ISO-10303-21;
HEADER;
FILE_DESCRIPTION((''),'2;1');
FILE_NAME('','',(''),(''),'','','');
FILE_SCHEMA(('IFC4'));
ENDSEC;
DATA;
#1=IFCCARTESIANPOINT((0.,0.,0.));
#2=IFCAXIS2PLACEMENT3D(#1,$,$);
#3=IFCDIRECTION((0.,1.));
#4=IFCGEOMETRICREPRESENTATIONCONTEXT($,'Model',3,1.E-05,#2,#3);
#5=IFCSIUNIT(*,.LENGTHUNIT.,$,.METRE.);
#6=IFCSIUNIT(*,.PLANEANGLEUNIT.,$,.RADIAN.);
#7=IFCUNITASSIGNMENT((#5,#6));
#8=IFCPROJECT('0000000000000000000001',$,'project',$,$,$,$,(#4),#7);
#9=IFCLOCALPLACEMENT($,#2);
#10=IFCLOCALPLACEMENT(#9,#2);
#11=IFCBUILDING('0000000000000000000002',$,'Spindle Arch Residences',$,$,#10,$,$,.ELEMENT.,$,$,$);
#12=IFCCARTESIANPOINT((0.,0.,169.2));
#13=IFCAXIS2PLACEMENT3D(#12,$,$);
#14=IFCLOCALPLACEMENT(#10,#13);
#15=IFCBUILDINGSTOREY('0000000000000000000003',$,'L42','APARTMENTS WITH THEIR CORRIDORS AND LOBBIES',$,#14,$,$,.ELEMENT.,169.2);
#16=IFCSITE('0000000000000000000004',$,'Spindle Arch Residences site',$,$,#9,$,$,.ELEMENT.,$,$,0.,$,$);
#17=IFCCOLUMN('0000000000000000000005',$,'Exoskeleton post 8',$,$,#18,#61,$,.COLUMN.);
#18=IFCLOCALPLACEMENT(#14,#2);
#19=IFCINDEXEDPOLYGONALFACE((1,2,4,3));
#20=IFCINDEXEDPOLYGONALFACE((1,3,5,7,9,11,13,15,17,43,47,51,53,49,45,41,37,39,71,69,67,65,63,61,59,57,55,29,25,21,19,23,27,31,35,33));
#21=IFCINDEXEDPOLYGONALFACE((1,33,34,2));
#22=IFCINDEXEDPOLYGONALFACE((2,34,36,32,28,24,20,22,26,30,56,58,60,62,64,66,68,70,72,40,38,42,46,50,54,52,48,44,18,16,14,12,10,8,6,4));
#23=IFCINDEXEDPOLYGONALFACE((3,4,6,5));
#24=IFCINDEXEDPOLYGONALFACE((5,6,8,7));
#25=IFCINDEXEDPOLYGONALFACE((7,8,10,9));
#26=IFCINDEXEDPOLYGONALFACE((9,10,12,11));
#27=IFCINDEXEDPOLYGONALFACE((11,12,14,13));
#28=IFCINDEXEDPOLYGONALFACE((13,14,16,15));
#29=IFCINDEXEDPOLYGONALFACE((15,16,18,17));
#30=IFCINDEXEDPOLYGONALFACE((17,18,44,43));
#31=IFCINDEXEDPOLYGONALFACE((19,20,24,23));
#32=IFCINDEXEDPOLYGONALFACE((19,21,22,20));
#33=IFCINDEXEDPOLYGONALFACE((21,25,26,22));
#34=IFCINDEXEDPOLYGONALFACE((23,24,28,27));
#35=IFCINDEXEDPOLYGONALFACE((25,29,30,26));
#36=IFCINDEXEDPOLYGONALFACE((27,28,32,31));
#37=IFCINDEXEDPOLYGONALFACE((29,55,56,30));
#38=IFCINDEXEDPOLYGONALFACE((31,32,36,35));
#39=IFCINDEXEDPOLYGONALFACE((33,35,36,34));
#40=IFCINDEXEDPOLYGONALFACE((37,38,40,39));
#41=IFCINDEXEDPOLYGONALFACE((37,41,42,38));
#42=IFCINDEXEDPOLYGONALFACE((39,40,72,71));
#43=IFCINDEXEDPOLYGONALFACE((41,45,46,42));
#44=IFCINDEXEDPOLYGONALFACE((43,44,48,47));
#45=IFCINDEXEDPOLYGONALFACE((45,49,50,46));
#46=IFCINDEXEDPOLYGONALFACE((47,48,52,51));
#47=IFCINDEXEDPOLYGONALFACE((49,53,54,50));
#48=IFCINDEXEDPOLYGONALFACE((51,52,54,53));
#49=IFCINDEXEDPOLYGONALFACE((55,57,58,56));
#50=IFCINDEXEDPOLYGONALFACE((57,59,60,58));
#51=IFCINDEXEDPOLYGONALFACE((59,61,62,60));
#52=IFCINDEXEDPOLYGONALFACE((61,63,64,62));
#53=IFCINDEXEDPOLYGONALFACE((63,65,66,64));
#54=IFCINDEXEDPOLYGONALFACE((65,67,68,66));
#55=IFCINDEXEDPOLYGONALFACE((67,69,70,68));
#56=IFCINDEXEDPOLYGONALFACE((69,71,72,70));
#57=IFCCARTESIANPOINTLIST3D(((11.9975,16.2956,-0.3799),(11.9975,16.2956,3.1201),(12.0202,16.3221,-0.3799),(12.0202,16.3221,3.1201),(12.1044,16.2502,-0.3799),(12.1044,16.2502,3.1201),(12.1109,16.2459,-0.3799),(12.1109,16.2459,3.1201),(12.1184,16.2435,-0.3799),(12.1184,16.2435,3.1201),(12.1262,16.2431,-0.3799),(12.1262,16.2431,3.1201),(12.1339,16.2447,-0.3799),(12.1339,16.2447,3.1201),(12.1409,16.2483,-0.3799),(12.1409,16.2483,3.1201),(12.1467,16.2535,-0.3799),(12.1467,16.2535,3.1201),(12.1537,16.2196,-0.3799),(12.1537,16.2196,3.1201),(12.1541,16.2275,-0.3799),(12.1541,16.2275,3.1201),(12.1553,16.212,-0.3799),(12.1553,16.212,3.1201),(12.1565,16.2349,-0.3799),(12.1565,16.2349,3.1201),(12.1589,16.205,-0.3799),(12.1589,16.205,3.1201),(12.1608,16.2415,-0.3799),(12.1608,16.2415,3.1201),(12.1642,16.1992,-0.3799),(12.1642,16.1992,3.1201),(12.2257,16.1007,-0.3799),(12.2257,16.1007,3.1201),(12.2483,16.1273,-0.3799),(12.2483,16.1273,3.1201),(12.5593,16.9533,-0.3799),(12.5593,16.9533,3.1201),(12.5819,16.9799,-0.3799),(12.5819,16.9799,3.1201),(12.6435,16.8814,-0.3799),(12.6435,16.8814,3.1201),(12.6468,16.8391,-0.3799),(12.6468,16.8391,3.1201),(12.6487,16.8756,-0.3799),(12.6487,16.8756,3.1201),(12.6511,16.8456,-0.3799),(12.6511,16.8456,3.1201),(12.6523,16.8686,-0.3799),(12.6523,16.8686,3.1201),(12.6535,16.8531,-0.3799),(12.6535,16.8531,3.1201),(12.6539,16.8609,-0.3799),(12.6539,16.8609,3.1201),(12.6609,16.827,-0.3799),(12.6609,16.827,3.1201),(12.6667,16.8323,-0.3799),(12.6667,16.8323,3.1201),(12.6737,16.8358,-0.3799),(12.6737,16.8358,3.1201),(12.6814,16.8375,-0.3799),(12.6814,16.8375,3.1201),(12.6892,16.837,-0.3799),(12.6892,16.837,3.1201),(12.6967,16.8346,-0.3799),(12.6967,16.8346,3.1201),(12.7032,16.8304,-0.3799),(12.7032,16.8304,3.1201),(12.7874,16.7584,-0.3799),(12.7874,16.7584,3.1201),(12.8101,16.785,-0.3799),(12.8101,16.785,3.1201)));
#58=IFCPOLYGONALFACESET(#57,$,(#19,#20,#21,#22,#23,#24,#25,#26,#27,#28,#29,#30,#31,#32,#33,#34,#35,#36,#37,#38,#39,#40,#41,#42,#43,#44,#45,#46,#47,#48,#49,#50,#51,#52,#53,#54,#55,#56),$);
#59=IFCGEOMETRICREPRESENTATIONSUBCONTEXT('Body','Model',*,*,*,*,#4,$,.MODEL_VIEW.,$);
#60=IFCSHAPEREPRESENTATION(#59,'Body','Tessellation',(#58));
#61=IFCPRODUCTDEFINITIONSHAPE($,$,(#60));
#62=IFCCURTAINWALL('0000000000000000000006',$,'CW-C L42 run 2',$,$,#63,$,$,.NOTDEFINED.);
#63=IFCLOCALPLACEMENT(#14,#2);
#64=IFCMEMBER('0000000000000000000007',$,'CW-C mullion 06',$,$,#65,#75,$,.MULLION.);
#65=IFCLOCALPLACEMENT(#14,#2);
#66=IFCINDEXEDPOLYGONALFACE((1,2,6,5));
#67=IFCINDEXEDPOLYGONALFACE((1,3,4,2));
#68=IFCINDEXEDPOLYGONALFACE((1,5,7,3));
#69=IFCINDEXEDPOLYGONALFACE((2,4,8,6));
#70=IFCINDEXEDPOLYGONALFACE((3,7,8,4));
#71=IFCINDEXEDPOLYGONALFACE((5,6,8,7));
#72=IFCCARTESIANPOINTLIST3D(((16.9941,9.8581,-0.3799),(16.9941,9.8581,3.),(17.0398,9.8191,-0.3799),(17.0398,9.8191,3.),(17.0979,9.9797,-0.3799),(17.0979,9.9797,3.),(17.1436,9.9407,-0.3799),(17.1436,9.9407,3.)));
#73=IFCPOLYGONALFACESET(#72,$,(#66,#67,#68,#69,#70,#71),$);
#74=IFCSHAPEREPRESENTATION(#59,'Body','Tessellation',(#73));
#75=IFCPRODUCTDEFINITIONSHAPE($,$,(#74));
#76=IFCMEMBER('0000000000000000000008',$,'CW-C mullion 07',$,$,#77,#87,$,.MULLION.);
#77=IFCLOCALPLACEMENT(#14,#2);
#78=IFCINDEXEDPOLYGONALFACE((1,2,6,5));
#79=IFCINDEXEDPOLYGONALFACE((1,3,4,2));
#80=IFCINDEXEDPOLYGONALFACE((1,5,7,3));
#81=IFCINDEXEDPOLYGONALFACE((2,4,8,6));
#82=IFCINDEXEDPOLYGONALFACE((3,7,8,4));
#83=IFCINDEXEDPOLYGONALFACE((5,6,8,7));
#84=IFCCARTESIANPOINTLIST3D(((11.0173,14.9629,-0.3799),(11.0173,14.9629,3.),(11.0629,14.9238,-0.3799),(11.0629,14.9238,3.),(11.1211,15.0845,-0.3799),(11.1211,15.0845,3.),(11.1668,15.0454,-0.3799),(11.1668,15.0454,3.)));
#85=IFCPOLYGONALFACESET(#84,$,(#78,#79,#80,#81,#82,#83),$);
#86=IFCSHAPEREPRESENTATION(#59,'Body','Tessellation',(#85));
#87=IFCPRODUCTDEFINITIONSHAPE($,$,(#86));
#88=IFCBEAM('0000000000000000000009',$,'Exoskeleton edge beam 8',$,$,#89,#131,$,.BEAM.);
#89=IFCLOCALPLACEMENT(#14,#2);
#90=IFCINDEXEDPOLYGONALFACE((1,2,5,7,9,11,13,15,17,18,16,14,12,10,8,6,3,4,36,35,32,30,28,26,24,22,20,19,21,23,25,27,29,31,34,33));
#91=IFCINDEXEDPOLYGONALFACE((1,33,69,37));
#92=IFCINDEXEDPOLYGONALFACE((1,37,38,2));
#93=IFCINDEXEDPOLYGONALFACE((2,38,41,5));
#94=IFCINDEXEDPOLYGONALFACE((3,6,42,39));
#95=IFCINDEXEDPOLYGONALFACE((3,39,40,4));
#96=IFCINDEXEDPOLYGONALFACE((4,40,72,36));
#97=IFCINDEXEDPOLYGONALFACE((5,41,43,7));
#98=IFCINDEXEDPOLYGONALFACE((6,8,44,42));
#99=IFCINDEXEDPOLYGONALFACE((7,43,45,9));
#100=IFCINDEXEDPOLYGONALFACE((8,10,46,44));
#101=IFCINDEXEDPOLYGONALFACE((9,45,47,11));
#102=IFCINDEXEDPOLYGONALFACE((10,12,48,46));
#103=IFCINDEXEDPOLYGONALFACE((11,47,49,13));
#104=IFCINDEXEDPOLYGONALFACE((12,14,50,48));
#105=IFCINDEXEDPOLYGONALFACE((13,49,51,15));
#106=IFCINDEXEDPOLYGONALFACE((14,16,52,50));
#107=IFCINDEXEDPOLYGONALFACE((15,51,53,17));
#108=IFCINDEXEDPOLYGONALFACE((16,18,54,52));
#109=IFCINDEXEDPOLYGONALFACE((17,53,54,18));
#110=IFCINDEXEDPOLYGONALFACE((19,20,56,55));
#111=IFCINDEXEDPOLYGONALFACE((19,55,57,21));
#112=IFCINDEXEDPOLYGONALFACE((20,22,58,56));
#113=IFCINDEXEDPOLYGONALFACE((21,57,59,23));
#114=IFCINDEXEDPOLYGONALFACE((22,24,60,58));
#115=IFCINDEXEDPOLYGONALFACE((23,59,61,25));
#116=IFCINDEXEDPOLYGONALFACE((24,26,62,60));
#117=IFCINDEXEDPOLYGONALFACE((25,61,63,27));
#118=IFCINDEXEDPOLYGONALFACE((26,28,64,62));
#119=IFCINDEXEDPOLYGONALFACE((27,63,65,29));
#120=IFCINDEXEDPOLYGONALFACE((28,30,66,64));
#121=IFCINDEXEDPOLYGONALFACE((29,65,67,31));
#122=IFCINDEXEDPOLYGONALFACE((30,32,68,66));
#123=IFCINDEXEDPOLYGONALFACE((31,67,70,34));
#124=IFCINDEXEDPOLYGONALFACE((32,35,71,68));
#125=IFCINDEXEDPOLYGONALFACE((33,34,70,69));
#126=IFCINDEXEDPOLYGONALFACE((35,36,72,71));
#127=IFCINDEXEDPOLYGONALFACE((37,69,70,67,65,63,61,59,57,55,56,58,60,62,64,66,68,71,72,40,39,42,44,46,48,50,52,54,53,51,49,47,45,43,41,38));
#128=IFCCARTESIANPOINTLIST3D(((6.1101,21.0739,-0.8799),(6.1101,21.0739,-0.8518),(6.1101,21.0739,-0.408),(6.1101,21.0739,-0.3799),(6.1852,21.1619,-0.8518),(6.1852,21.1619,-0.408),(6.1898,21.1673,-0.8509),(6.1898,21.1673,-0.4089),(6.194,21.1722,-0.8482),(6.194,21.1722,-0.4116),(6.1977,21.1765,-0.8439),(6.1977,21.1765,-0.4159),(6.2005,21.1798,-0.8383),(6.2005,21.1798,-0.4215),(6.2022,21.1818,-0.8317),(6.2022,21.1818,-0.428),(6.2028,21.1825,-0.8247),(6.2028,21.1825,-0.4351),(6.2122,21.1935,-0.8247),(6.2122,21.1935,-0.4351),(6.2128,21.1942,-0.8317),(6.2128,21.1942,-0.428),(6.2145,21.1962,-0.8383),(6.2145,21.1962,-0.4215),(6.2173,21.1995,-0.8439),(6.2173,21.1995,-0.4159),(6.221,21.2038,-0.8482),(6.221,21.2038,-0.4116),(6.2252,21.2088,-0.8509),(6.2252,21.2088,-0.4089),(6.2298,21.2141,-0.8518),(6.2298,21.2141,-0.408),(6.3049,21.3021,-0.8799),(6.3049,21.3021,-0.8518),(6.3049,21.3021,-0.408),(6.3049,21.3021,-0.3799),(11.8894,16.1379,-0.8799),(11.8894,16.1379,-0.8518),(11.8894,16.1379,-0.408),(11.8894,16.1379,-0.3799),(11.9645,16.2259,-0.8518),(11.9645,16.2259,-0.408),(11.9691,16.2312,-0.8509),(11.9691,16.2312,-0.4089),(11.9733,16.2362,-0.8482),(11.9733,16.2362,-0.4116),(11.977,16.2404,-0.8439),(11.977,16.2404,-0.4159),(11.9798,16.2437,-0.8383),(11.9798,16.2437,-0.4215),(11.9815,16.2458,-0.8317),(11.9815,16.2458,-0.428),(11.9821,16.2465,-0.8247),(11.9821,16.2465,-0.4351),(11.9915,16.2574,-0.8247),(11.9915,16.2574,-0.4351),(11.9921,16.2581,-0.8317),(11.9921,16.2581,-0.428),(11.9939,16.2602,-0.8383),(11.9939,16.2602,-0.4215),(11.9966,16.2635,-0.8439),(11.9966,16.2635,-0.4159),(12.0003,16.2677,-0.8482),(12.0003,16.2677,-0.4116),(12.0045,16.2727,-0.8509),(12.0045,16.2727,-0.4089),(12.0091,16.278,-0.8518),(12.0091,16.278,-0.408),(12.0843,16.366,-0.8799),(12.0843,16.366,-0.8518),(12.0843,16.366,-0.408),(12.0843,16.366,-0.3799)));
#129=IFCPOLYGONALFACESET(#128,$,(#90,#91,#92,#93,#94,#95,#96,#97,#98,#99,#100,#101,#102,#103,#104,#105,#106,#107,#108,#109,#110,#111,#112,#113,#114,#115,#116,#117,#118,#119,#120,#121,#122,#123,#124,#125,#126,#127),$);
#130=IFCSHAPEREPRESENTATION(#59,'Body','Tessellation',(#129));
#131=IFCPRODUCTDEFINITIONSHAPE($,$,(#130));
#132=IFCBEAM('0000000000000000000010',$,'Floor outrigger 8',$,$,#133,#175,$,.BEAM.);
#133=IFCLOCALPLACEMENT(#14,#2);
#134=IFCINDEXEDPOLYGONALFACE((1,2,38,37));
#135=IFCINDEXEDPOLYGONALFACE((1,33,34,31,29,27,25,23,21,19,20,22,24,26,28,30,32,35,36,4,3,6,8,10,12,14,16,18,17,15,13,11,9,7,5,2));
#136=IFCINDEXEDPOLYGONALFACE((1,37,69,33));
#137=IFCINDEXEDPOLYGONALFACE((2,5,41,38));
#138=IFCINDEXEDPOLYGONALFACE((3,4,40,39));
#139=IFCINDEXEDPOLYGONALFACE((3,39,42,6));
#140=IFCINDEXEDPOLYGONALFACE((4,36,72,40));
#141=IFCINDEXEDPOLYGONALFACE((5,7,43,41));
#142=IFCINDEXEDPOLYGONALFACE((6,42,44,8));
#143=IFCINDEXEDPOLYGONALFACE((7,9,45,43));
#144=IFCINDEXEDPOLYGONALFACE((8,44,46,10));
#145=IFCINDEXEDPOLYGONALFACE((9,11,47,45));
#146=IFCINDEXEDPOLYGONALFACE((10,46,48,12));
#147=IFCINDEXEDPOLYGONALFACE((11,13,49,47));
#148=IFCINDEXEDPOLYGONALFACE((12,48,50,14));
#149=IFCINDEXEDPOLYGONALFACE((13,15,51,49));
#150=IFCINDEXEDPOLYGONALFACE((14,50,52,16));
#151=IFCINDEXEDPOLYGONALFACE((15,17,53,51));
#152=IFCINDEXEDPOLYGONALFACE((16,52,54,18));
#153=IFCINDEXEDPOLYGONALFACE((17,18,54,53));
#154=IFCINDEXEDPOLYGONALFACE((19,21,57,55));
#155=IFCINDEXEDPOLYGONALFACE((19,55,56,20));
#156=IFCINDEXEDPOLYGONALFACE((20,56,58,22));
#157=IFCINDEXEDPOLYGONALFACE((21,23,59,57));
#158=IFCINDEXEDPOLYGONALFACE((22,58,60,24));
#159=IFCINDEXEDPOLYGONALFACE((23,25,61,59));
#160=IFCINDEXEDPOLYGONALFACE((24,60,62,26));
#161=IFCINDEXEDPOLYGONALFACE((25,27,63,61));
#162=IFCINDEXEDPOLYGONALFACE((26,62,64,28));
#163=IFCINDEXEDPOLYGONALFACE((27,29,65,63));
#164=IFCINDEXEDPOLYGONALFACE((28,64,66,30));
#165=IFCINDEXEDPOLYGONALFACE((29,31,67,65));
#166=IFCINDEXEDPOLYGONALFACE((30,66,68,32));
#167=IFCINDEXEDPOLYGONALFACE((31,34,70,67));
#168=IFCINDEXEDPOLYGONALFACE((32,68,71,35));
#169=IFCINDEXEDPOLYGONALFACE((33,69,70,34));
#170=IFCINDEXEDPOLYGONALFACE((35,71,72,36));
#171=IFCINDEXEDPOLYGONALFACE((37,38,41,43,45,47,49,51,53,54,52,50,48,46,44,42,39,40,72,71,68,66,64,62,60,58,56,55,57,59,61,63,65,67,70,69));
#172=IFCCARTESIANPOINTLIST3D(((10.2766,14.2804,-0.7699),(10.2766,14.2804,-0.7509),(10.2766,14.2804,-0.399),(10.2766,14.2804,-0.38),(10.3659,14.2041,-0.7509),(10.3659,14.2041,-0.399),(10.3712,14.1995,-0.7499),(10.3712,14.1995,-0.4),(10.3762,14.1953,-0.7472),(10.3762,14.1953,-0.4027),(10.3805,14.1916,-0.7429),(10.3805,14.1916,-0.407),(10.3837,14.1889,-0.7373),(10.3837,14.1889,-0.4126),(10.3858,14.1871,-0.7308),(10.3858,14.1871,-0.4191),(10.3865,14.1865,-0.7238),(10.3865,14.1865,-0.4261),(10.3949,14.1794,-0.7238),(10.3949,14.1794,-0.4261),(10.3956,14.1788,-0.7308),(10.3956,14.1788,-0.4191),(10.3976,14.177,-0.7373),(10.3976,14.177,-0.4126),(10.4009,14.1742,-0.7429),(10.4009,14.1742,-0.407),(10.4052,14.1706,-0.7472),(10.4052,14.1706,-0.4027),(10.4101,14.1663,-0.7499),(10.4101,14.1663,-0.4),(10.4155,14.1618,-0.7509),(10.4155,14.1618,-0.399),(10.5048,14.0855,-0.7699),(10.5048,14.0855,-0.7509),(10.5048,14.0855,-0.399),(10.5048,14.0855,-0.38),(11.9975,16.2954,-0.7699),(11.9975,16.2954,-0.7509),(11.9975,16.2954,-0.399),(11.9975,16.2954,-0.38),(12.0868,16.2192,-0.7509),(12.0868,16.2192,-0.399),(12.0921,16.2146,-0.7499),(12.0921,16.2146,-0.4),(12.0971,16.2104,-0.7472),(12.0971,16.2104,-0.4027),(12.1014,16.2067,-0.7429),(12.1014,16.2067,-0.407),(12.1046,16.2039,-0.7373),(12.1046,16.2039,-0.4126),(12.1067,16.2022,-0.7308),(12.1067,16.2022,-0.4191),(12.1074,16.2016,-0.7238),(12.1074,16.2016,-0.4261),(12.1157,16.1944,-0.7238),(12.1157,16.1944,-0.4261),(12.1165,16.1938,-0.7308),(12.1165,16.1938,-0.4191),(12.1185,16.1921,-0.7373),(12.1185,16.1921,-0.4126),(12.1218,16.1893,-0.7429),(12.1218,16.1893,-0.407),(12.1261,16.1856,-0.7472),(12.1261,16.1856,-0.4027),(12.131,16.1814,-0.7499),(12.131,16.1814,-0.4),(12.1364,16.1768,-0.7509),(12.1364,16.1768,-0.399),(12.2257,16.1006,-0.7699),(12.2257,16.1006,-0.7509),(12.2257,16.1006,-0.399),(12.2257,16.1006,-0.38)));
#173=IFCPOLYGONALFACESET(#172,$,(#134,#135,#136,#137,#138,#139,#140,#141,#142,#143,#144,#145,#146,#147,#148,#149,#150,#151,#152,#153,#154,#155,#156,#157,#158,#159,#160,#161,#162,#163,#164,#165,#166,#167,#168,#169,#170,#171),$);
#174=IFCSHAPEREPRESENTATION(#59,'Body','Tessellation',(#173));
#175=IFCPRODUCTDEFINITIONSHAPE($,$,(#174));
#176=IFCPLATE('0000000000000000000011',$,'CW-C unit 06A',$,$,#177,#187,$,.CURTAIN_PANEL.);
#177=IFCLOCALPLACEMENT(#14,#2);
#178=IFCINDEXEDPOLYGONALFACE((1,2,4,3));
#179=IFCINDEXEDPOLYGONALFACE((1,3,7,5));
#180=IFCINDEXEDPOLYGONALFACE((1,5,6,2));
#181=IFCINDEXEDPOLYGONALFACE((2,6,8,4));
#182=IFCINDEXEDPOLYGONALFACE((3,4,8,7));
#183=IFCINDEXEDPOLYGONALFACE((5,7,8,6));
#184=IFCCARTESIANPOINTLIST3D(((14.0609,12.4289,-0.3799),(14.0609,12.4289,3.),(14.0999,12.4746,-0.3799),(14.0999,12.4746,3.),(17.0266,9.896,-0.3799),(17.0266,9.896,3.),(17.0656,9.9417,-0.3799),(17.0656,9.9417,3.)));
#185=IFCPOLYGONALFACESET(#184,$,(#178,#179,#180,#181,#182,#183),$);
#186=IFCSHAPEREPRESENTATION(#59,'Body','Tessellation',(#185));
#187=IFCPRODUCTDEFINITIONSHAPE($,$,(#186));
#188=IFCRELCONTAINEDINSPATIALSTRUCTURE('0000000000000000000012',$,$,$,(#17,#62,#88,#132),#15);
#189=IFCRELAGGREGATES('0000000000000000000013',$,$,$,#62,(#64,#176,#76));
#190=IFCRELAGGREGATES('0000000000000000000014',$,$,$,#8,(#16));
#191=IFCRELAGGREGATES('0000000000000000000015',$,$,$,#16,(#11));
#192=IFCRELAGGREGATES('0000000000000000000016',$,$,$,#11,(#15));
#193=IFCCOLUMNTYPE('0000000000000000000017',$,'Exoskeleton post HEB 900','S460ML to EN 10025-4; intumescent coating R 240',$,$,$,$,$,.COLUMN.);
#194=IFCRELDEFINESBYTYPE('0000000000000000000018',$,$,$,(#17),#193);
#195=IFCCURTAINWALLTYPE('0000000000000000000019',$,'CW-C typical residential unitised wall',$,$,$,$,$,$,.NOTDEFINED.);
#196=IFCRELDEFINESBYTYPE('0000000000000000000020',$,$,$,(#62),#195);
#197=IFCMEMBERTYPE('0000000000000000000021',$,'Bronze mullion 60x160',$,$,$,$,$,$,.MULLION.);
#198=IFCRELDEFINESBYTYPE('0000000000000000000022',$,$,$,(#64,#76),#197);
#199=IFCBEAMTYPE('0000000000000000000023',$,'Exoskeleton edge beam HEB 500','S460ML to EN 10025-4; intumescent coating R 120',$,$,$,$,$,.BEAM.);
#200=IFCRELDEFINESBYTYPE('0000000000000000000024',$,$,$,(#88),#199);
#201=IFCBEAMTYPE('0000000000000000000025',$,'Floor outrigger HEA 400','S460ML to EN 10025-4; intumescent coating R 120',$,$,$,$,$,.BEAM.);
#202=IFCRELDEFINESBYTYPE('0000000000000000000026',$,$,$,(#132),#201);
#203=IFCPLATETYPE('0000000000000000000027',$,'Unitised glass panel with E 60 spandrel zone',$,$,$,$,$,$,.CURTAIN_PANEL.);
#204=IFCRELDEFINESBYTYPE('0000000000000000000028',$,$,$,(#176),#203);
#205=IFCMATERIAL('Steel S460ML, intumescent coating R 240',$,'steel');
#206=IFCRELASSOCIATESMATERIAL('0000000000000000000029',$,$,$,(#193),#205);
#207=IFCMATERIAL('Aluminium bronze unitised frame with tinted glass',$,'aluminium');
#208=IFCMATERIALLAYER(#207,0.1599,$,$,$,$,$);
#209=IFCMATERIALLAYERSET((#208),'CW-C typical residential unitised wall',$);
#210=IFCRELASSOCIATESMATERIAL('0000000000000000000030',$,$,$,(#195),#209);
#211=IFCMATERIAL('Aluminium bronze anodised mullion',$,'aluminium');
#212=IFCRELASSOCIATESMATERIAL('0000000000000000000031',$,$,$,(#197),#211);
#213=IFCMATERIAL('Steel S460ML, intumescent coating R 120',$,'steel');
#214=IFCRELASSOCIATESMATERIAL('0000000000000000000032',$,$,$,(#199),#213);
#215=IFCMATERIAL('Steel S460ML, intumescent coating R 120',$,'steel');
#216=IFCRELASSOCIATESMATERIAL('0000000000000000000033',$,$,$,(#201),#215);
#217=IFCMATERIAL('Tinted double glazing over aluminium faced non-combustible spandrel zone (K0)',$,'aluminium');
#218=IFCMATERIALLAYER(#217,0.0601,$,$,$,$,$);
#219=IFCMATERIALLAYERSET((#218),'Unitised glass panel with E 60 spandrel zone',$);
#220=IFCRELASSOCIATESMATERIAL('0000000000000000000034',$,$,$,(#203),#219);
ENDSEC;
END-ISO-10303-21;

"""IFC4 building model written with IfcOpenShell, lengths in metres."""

from ifc_helpers import new_model, si_unit, direction, frame, origin, origin_2d, place, context, subcontext, project, spatial, rectangle, i_section, extrude, material, layer, layer_set, material_profile, profile_set, type_object, element, aggregate, save


model = new_model("IFC4")

# Units and contexts
model_context = context("Model", 3, precision=1e-05, world=origin(), true_north=direction((0.0, 1.0)))
body_context = subcontext(model_context, "Body", "Model", "MODEL_VIEW")
ifc_project = project(units=[si_unit("LENGTHUNIT", "METRE"), si_unit("PLANEANGLEUNIT", "RADIAN")], contexts=[model_context])

# Site, building, storey
site_placement = place(None, origin())
site = spatial("IfcSite", under=ifc_project, at=site_placement, Name="Spindle Arch Residences site", CompositionType="ELEMENT", RefElevation=0.0)
building_placement = place(site_placement, origin())
building = spatial("IfcBuilding", under=site, at=building_placement, Name="Spindle Arch Residences", CompositionType="ELEMENT")
storey_placement = place(building_placement, frame((0.0, 0.0, 169.2)))
storey = spatial("IfcBuildingStorey", under=building, at=storey_placement, Name="L42", Description="APARTMENTS WITH THEIR CORRIDORS AND LOBBIES", CompositionType="ELEMENT", Elevation=169.2)

# Column
ifc_material_1 = material(Name="Steel S460ML, intumescent coating R 240", Category="steel")
ifc_material_profile_1 = material_profile(ifc_material_1, i_section(OverallWidth=0.3, OverallDepth=0.8999, WebThickness=0.0186, FlangeThickness=0.0349, FilletRadius=0.03, at=origin_2d()), Name="HEB 900")
ifc_profile_set_1 = profile_set([ifc_material_profile_1], Name="Steel S460ML, intumescent coating R 240")
column_type = type_object("IfcColumnType", Name="Exoskeleton post HEB 900", Description="S460ML to EN 10025-4; intumescent coating R 240", PredefinedType="COLUMN", material=ifc_profile_set_1)
column_placement = place(storey_placement, frame((12.4038, 16.5403, -0.3799), z_axis=(0.0, 0.0, 1.0), x_axis=(0.760406, -0.649448, 0.0)))
element("IfcColumn", 1, at=column_placement, inside=storey, type_object=column_type, Name="Exoskeleton post 8", PredefinedType="COLUMN", context=body_context, shape_type="SweptSolid", body=[
    extrude(i_section(OverallWidth=0.3, OverallDepth=0.8999, WebThickness=0.0186, FlangeThickness=0.0349, FilletRadius=0.03, at=origin_2d()), origin(), (0.0, 0.0, 1.0), 3.5),
])

# Curtain wall, members
ifc_material_2 = material(Name="Aluminium bronze unitised frame with tinted glass", Category="aluminium")
ifc_layer_1 = layer(ifc_material_2, 0.1599)
ifc_layer_set_1 = layer_set([ifc_layer_1], Name="CW-C typical residential unitised wall")
curtain_wall_type = type_object("IfcCurtainWallType", Name="CW-C typical residential unitised wall", PredefinedType="NOTDEFINED", material=ifc_layer_set_1)
curtain_wall_placement = place(storey_placement, origin())
curtain_wall = element("IfcCurtainWall", 2, at=curtain_wall_placement, inside=storey, type_object=curtain_wall_type, Name="CW-C L42 run 2", PredefinedType="NOTDEFINED")
ifc_material_3 = material(Name="Aluminium bronze anodised mullion", Category="aluminium")
ifc_material_profile_2 = material_profile(ifc_material_3, rectangle(XDim=0.1599, YDim=0.0601, at=origin_2d()), Name="MU 60x160")
ifc_profile_set_2 = profile_set([ifc_material_profile_2], Name="Aluminium bronze anodised mullion")
member_type = type_object("IfcMemberType", Name="Bronze mullion 60x160", PredefinedType="MULLION", material=ifc_profile_set_2)
member_1_placement = place(storey_placement, frame((17.0688, 9.8994, -0.3799), z_axis=(0.0, 0.0, 1.0), x_axis=(-0.649448, -0.760406, 0.0)))
member_1 = element("IfcMember", 3, at=member_1_placement, type_object=member_type, Name="CW-C mullion 06", PredefinedType="MULLION", context=body_context, shape_type="SweptSolid", body=[
    extrude(rectangle(XDim=0.1599, YDim=0.0601, at=origin_2d()), origin(), (0.0, 0.0, 1.0), 3.3799),
])
member_2_placement = place(storey_placement, frame((11.092, 15.0042, -0.3799), z_axis=(0.0, 0.0, 1.0), x_axis=(-0.649448, -0.760406, 0.0)))
member_2 = element("IfcMember", 4, at=member_2_placement, type_object=member_type, Name="CW-C mullion 07", PredefinedType="MULLION", context=body_context, shape_type="SweptSolid", body=[
    extrude(rectangle(XDim=0.1599, YDim=0.0601, at=origin_2d()), origin(), (0.0, 0.0, 1.0), 3.3799),
])

# Beams
ifc_material_4 = material(Name="Steel S460ML, intumescent coating R 120", Category="steel")
ifc_material_profile_3 = material_profile(ifc_material_4, i_section(OverallWidth=0.3, OverallDepth=0.5, WebThickness=0.0144, FlangeThickness=0.0281, FilletRadius=0.0271, at=origin_2d()), Name="HEB 500")
ifc_profile_set_3 = profile_set([ifc_material_profile_3], Name="Steel S460ML, intumescent coating R 120")
beam_type_1 = type_object("IfcBeamType", Name="Exoskeleton edge beam HEB 500", Description="S460ML to EN 10025-4; intumescent coating R 120", PredefinedType="BEAM", material=ifc_profile_set_3)
beam_1_placement = place(storey_placement, frame((11.9868, 16.252, -0.6299), z_axis=(-0.760403, 0.649452, 0.0), x_axis=(-0.649452, -0.760403, 0.0)))
element("IfcBeam", 5, at=beam_1_placement, inside=storey, type_object=beam_type_1, Name="Exoskeleton edge beam 8", PredefinedType="BEAM", context=body_context, shape_type="SweptSolid", body=[
    extrude(i_section(OverallWidth=0.3, OverallDepth=0.5, WebThickness=0.0144, FlangeThickness=0.0281, FilletRadius=0.0271, at=origin_2d()), origin(), (0.0, 0.0, 1.0), 7.6003),
])
ifc_material_5 = material(Name="Steel S460ML, intumescent coating R 120", Category="steel")
ifc_material_profile_4 = material_profile(ifc_material_5, i_section(OverallWidth=0.3, OverallDepth=0.3899, WebThickness=0.011, FlangeThickness=0.019, FilletRadius=0.0271, at=origin_2d()), Name="HEA 400")
ifc_profile_set_4 = profile_set([ifc_material_profile_4], Name="Steel S460ML, intumescent coating R 120")
beam_type_2 = type_object("IfcBeamType", Name="Floor outrigger HEA 400", Description="S460ML to EN 10025-4; intumescent coating R 120", PredefinedType="BEAM", material=ifc_profile_set_4)
beam_2_placement = place(storey_placement, frame((12.1116, 16.198, -0.575), z_axis=(-0.649417, -0.760432, 0.0), x_axis=(0.760432, -0.649417, 0.0)))
element("IfcBeam", 6, at=beam_2_placement, inside=storey, type_object=beam_type_2, Name="Floor outrigger 8", PredefinedType="BEAM", context=body_context, shape_type="SweptSolid", body=[
    extrude(i_section(OverallWidth=0.3, OverallDepth=0.3899, WebThickness=0.011, FlangeThickness=0.019, FilletRadius=0.0271, at=origin_2d()), origin(), (0.0, 0.0, 1.0), 2.6499),
])

# Plate
ifc_material_6 = material(Name="Tinted double glazing over aluminium faced non-combustible spandrel zone (K0)", Category="aluminium")
ifc_layer_2 = layer(ifc_material_6, 0.0601)
ifc_layer_set_2 = layer_set([ifc_layer_2], Name="Unitised glass panel with E 60 spandrel zone")
plate_type = type_object("IfcPlateType", Name="Unitised glass panel with E 60 spandrel zone", PredefinedType="CURTAIN_PANEL", material=ifc_layer_set_2)
plate_1_placement = place(storey_placement, frame((15.5632, 11.1853, -0.3799), z_axis=(0.0, 0.0, 1.0), x_axis=(-0.760406, 0.649448, 0.0)))
plate_1 = element("IfcPlate", 7, at=plate_1_placement, type_object=plate_type, Name="CW-C unit 06A", PredefinedType="CURTAIN_PANEL", context=body_context, shape_type="SweptSolid", body=[
    extrude(rectangle(XDim=3.9001, YDim=0.0601, at=origin_2d()), origin(), (0.0, 0.0, 1.0), 3.3799),
])
aggregate(curtain_wall, [member_1, plate_1, member_2])

save(model, "model.ifc")
